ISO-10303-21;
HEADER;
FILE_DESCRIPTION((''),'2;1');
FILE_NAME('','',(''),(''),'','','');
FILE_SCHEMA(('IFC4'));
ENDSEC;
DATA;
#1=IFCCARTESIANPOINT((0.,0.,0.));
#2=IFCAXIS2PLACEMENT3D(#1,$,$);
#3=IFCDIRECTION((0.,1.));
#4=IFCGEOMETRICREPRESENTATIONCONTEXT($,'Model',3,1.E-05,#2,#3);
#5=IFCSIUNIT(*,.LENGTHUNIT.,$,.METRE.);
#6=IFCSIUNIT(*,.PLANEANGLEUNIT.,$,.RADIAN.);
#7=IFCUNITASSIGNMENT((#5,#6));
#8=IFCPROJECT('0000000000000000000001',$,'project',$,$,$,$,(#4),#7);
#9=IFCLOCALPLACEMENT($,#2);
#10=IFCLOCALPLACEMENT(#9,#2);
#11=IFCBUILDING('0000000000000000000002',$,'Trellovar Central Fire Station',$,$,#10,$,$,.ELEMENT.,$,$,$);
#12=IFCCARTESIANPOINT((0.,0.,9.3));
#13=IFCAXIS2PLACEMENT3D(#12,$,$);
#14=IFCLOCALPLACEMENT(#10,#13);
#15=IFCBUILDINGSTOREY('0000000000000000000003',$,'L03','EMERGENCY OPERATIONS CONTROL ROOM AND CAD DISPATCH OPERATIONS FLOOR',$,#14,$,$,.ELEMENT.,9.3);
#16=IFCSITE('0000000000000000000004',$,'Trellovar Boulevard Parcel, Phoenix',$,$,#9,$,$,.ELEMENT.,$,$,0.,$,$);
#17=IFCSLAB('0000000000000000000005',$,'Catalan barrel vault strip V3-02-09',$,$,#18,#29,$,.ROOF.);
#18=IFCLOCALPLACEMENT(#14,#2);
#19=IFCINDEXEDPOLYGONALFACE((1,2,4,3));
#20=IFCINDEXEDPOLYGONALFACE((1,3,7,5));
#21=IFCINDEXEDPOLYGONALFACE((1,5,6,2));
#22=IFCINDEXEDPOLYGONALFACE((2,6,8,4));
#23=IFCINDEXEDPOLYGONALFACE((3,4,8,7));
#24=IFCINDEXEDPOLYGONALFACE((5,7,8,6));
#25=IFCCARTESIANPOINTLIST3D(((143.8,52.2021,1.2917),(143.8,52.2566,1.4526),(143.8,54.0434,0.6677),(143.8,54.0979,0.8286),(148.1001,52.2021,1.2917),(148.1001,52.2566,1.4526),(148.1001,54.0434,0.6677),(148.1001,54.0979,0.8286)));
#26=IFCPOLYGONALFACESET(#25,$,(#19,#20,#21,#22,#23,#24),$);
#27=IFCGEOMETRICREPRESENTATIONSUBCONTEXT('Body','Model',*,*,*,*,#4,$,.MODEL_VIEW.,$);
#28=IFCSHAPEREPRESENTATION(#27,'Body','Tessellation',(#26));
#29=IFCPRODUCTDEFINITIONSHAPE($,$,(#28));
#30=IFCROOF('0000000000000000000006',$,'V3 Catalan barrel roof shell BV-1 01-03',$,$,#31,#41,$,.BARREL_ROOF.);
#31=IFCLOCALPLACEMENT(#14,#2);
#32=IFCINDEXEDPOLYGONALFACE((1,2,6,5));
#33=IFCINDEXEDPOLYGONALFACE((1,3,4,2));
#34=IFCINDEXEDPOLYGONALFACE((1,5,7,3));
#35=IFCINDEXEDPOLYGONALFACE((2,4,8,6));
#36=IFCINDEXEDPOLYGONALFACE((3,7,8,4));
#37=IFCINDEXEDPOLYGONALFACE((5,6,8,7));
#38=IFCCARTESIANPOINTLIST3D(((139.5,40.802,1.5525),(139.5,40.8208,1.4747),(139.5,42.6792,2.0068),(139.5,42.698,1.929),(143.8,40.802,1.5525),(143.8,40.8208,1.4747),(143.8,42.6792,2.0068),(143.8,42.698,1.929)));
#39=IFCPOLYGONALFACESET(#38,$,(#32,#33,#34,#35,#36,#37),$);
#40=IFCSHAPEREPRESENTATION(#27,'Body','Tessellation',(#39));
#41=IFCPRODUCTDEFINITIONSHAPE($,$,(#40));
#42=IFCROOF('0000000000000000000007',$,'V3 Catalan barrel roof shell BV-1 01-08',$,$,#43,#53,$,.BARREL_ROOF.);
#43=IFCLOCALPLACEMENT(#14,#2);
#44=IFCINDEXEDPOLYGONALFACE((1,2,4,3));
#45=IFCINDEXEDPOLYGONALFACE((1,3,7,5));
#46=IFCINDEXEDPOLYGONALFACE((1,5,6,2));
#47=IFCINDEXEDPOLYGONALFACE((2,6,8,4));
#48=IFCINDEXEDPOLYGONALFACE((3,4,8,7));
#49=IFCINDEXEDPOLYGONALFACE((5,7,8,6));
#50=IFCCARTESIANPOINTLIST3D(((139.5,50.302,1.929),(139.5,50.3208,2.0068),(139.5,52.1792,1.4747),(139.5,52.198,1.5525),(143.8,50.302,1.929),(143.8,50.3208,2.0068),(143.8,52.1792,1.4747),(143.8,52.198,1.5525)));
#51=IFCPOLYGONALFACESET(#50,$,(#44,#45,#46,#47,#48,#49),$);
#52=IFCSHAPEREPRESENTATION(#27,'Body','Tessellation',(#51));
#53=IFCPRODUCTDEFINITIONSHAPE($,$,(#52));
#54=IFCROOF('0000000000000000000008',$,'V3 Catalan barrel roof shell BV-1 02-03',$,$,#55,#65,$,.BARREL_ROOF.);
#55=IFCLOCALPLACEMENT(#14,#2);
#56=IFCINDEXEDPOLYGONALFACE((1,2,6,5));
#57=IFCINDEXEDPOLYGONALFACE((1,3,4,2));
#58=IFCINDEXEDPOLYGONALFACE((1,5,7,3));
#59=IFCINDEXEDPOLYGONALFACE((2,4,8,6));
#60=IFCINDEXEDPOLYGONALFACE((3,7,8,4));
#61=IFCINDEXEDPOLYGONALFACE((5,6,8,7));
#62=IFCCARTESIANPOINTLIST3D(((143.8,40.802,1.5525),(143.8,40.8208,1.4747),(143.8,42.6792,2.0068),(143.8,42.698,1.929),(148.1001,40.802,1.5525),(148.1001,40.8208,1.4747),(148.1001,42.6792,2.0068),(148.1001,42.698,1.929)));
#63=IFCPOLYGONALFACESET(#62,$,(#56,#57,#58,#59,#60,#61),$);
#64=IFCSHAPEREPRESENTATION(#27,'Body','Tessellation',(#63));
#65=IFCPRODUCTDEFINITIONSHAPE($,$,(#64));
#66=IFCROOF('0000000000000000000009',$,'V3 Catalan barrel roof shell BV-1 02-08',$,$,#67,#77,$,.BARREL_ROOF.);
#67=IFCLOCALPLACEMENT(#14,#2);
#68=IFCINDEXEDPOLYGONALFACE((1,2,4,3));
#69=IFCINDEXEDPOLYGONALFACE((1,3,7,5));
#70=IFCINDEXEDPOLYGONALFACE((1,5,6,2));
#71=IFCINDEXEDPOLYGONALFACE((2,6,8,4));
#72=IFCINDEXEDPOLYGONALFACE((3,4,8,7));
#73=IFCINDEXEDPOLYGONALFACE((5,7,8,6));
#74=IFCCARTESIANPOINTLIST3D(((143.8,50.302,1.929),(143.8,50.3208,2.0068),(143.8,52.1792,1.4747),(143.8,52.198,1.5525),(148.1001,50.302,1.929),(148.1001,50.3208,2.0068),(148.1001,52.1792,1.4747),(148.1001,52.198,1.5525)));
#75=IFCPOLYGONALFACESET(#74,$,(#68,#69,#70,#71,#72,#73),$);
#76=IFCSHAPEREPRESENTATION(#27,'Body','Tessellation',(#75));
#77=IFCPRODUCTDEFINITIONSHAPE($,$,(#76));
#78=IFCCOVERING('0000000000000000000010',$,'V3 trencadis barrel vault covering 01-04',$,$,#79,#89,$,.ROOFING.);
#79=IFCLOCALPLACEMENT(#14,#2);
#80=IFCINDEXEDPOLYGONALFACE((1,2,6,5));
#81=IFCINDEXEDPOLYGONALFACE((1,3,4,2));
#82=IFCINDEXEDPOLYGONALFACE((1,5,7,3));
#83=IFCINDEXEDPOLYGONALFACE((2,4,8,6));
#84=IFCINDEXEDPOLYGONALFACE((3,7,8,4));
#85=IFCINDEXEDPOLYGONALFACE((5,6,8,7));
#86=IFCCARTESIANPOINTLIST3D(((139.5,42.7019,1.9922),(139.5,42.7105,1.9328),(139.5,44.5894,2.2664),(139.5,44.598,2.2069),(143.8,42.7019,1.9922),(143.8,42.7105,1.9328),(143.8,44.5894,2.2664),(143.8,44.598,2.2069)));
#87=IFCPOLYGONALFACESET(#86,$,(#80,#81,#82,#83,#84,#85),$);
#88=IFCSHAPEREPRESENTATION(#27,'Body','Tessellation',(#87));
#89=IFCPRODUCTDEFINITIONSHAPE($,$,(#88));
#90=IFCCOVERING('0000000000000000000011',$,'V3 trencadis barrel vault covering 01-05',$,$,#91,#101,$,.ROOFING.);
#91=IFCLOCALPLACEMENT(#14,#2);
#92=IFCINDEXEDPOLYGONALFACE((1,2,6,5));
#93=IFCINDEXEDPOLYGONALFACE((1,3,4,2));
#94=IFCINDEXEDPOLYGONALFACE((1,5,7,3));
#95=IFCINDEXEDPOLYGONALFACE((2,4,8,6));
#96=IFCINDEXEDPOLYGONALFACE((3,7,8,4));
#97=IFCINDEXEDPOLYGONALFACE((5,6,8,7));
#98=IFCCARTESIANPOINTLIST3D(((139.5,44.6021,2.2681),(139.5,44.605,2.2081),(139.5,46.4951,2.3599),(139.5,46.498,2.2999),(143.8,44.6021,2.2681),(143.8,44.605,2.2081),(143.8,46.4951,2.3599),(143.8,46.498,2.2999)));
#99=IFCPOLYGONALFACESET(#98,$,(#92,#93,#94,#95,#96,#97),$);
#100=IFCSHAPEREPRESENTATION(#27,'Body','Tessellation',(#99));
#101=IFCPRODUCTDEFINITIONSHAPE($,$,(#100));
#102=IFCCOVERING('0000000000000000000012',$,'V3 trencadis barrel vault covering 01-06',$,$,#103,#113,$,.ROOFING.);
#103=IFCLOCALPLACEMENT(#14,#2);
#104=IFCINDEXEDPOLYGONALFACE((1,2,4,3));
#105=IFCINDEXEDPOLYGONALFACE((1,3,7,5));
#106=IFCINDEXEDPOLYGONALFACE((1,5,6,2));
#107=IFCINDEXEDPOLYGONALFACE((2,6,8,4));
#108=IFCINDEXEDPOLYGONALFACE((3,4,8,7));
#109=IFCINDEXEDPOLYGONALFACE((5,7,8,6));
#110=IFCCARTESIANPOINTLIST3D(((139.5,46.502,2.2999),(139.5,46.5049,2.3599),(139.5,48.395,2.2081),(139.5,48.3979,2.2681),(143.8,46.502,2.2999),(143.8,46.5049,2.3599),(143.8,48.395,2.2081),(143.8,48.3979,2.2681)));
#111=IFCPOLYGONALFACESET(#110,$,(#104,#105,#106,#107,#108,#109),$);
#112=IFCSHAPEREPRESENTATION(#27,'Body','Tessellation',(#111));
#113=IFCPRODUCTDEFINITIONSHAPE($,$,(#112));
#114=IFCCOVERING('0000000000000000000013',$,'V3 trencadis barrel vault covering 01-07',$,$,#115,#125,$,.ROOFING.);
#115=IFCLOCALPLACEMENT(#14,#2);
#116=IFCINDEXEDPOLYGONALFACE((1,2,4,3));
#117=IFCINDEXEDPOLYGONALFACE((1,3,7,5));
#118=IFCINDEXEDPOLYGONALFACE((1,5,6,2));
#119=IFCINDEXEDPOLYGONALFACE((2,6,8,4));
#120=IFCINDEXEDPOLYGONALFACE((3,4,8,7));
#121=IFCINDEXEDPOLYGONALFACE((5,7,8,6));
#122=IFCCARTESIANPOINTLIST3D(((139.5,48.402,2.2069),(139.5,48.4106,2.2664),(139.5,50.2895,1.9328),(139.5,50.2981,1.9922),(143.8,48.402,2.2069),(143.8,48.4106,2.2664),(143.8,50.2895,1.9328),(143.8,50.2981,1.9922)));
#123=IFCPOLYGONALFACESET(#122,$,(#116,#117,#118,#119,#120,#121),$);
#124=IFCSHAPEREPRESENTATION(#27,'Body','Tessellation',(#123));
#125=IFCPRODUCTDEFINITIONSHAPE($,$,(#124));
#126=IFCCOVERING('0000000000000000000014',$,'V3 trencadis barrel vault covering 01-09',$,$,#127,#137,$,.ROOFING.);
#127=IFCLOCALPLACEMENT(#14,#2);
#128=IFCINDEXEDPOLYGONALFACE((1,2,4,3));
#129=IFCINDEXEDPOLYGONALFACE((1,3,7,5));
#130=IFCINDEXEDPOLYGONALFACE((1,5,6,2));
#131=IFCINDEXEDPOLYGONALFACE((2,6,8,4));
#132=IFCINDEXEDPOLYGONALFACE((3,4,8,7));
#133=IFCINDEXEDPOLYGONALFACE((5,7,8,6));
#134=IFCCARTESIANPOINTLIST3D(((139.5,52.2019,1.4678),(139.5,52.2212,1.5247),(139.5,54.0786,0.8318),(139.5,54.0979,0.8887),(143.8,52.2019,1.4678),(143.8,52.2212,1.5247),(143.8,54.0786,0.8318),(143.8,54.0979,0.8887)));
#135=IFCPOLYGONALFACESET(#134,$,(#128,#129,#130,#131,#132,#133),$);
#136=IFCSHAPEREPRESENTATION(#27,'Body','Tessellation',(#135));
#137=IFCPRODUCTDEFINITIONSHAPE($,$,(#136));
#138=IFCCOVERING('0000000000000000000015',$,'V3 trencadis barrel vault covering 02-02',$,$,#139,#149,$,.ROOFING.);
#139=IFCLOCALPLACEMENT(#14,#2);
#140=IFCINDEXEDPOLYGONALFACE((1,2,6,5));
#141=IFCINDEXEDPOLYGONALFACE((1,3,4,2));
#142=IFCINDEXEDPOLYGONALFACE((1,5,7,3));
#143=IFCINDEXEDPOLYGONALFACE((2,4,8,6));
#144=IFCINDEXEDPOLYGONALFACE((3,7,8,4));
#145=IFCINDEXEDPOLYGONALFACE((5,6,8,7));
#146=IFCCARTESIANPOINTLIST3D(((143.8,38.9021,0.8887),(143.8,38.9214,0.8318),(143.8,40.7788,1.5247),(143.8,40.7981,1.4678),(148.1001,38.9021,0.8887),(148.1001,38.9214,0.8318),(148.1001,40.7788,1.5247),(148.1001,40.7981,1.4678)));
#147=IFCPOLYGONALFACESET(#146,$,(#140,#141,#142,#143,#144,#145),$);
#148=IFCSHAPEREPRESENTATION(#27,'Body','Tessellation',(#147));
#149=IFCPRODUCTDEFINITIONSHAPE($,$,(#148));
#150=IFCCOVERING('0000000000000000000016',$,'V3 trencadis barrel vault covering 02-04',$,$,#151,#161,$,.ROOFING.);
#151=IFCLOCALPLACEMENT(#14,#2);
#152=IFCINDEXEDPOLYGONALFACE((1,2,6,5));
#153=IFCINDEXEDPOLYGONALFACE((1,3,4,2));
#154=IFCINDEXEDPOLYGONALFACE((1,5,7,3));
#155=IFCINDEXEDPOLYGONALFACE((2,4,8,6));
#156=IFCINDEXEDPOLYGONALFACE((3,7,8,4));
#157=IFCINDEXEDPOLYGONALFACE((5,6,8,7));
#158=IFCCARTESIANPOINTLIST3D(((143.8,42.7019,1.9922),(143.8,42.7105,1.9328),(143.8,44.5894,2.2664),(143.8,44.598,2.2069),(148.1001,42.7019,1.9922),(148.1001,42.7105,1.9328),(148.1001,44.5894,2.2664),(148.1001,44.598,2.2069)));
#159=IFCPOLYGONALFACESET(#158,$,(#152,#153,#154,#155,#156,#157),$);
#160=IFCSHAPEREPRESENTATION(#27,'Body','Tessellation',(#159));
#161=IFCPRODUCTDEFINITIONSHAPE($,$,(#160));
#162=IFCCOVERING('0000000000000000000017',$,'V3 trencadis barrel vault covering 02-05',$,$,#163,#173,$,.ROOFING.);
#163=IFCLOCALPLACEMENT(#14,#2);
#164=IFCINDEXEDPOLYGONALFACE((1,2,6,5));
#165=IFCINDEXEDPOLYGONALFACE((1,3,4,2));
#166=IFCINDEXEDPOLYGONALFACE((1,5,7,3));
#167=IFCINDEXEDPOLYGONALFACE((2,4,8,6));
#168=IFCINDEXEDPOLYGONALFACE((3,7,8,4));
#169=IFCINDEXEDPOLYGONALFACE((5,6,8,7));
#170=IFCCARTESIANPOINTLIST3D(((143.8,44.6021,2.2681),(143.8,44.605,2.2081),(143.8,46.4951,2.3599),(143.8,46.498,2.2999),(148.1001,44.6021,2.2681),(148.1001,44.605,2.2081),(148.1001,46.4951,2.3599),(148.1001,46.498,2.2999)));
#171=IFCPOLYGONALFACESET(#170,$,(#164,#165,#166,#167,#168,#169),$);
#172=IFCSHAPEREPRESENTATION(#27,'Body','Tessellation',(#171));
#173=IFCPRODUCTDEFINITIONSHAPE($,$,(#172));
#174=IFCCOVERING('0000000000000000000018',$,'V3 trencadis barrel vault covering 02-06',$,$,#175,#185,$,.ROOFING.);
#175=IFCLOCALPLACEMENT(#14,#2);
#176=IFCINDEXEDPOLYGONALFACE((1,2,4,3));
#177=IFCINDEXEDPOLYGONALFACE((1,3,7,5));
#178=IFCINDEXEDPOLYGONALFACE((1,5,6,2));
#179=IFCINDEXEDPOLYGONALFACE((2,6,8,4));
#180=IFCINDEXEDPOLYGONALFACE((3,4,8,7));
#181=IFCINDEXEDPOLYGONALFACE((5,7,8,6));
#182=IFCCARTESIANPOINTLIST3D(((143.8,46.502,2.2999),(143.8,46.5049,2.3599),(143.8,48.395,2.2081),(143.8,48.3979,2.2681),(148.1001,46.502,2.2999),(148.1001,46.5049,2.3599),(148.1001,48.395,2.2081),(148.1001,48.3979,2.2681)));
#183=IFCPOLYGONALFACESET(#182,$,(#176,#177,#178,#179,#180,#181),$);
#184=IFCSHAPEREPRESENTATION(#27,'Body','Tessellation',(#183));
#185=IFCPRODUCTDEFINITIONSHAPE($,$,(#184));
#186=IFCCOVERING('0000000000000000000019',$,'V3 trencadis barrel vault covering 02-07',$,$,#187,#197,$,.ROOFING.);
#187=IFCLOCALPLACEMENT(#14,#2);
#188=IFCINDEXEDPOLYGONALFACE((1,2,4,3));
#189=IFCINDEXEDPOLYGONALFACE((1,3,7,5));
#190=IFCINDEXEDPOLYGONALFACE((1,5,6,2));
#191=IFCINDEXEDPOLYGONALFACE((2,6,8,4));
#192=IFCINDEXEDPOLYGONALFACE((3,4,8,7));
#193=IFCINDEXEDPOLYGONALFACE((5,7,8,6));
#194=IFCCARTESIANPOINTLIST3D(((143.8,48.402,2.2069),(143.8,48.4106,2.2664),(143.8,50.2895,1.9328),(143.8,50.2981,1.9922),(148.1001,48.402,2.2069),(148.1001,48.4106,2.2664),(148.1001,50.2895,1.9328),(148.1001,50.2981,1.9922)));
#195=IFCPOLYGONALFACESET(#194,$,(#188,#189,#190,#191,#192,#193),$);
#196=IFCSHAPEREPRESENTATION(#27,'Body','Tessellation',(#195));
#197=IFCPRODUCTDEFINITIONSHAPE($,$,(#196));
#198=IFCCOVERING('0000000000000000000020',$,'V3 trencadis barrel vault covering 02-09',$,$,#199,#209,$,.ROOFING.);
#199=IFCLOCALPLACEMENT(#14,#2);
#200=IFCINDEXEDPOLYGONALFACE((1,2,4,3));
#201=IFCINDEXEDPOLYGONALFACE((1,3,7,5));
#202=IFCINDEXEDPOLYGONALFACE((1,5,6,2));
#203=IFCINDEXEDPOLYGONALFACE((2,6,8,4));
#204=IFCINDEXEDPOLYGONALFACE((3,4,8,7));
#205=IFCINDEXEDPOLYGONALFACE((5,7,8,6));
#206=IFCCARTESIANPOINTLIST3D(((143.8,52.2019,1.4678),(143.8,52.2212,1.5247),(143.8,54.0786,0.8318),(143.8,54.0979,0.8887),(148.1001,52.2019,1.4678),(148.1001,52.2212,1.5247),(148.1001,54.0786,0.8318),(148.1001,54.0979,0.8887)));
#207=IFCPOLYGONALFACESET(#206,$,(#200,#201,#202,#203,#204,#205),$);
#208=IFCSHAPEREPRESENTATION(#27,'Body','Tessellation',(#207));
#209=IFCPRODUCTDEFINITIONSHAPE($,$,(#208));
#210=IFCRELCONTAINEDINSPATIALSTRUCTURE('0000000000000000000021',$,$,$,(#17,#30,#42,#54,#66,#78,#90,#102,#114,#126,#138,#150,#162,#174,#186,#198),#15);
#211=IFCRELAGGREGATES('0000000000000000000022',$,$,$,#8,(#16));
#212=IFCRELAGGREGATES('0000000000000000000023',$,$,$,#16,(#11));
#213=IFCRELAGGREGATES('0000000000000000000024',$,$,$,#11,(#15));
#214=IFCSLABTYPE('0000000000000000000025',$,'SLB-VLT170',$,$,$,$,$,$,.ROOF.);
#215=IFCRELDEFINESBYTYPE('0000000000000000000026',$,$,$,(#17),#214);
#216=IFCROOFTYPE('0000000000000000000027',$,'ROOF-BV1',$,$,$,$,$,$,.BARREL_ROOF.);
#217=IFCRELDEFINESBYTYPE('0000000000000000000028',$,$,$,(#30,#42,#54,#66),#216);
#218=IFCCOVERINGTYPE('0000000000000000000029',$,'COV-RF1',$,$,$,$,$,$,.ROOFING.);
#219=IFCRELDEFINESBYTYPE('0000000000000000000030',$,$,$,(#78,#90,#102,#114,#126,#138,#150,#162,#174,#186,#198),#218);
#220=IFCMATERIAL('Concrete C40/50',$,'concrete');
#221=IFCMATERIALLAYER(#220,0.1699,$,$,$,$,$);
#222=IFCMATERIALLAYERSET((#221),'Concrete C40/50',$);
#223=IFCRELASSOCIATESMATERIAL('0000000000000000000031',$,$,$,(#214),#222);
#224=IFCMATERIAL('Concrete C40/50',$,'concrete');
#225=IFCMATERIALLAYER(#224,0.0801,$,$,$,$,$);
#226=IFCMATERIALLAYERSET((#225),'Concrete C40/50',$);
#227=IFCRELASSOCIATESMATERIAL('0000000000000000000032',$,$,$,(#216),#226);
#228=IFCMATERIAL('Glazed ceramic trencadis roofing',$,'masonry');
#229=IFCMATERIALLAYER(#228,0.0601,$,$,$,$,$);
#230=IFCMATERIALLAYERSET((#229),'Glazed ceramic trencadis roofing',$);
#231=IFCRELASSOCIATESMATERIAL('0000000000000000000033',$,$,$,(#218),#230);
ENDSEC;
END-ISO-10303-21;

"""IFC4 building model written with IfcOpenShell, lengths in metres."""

from ifc_helpers import new_model, si_unit, direction, frame, origin, place, context, subcontext, project, spatial, polyline, outline, extrude, material, layer, layer_set, type_object, element, save


model = new_model("IFC4")

# Units and contexts
model_context = context("Model", 3, precision=1e-05, world=origin(), true_north=direction((0.0, 1.0)))
body_context = subcontext(model_context, "Body", "Model", "MODEL_VIEW")
ifc_project = project(units=[si_unit("LENGTHUNIT", "METRE"), si_unit("PLANEANGLEUNIT", "RADIAN")], contexts=[model_context])

# Site, building, storey
site_placement = place(None, origin())
site = spatial("IfcSite", under=ifc_project, at=site_placement, Name="Trellovar Boulevard Parcel, Phoenix", CompositionType="ELEMENT", RefElevation=0.0)
building_placement = place(site_placement, origin())
building = spatial("IfcBuilding", under=site, at=building_placement, Name="Trellovar Central Fire Station", CompositionType="ELEMENT")
storey_placement = place(building_placement, frame((0.0, 0.0, 9.3)))
storey = spatial("IfcBuildingStorey", under=building, at=storey_placement, Name="L03", Description="EMERGENCY OPERATIONS CONTROL ROOM AND CAD DISPATCH OPERATIONS FLOOR", CompositionType="ELEMENT", Elevation=9.3)

# Slab
ifc_material_1 = material(Name="Concrete C40/50", Category="concrete")
ifc_layer_1 = layer(ifc_material_1, 0.1699)
ifc_layer_set_1 = layer_set([ifc_layer_1], Name="Concrete C40/50")
slab_type = type_object("IfcSlabType", Name="SLB-VLT170", PredefinedType="ROOF", material=ifc_layer_set_1)
slab_1_placement = place(storey_placement, frame((143.8, 52.2566, 1.4526), z_axis=(0.0, 0.320971, 0.947089), x_axis=(1.0, 0.0, 0.0)))
element("IfcSlab", 1, at=slab_1_placement, inside=storey, type_object=slab_type, Name="Catalan barrel vault strip V3-02-09", PredefinedType="ROOF", context=body_context, shape_type="SweptSolid", body=[
    extrude(outline(polyline([(0.0, 0.0), (4.3, 0.0), (4.3, 1.9442), (0.0, 1.9442), (0.0, 0.0)])), origin(), (0.0, 0.0, -1.0), 0.1699),
])

# Roofs
ifc_material_2 = material(Name="Concrete C40/50", Category="concrete")
ifc_layer_2 = layer(ifc_material_2, 0.0801)
ifc_layer_set_2 = layer_set([ifc_layer_2], Name="Concrete C40/50")
roof_type = type_object("IfcRoofType", Name="ROOF-BV1", PredefinedType="BARREL_ROOF", material=ifc_layer_set_2)
for number, where, z_axis, x_axis, name in (
    (2, (139.5, 40.802, 1.5525), (0.0, -0.235242, 0.971937), (1.0, 0.0, 0.0), "V3 Catalan barrel roof shell BV-1 01-03"),
    (3, (139.5, 50.3208, 2.0068), (0.0, 0.235242, 0.971937), (1.0, 0.0, 0.0), "V3 Catalan barrel roof shell BV-1 01-08"),
    (4, (143.8, 40.802, 1.5525), (0.0, -0.235242, 0.971937), (1.0, 0.0, 0.0), "V3 Catalan barrel roof shell BV-1 02-03"),
    (5, (143.8, 50.3208, 2.0068), (0.0, 0.235242, 0.971937), (1.0, 0.0, 0.0), "V3 Catalan barrel roof shell BV-1 02-08"),
):
    element("IfcRoof", number, at=place(storey_placement, frame(where, z_axis=z_axis, x_axis=x_axis)), inside=storey, type_object=roof_type, Name=name, PredefinedType="BARREL_ROOF", context=body_context, shape_type="SweptSolid", body=[
        extrude(outline(polyline([(0.0, 0.0), (4.3, 0.0), (4.3, 1.9314), (0.0, 1.9314), (0.0, 0.0)])), origin(), (0.0, 0.0, -1.0), 0.0801),
    ])

# Coverings
ifc_material_3 = material(Name="Glazed ceramic trencadis roofing", Category="masonry")
ifc_layer_3 = layer(ifc_material_3, 0.0601)
ifc_layer_set_3 = layer_set([ifc_layer_3], Name="Glazed ceramic trencadis roofing")
covering_type = type_object("IfcCoveringType", Name="COV-RF1", PredefinedType="ROOFING", material=ifc_layer_set_3)
covering_1_placement = place(storey_placement, frame((139.5, 42.7019, 1.9922), z_axis=(0.0, -0.143751, 0.989614), x_axis=(1.0, 0.0, 0.0)))
element("IfcCovering", 6, at=covering_1_placement, inside=storey, type_object=covering_type, Name="V3 trencadis barrel vault covering 01-04", PredefinedType="ROOFING", context=body_context, shape_type="SweptSolid", body=[
    extrude(outline(polyline([(0.0, 0.0), (4.3, 0.0), (4.3, 1.9073), (0.0, 1.9073), (0.0, 0.0)])), origin(), (0.0, 0.0, -1.0), 0.0601),
])
for number, where, z_axis, x_axis, name in (
    (7, (139.5, 44.6021, 2.2681), (0.0, -0.048434, 0.998826), (1.0, 0.0, 0.0), "V3 trencadis barrel vault covering 01-05"),
    (8, (139.5, 46.5049, 2.3599), (0.0, 0.048434, 0.998826), (1.0, 0.0, 0.0), "V3 trencadis barrel vault covering 01-06"),
):
    element("IfcCovering", number, at=place(storey_placement, frame(where, z_axis=z_axis, x_axis=x_axis)), inside=storey, type_object=covering_type, Name=name, PredefinedType="ROOFING", context=body_context, shape_type="SweptSolid", body=[
        extrude(outline(polyline([(0.0, 0.0), (4.3, 0.0), (4.3, 1.8953), (0.0, 1.8953), (0.0, 0.0)])), origin(), (0.0, 0.0, -1.0), 0.0601),
    ])
covering_2_placement = place(storey_placement, frame((139.5, 48.4106, 2.2664), z_axis=(0.0, 0.143751, 0.989614), x_axis=(1.0, 0.0, 0.0)))
element("IfcCovering", 9, at=covering_2_placement, inside=storey, type_object=covering_type, Name="V3 trencadis barrel vault covering 01-07", PredefinedType="ROOFING", context=body_context, shape_type="SweptSolid", body=[
    extrude(outline(polyline([(0.0, 0.0), (4.3, 0.0), (4.3, 1.9073), (0.0, 1.9073), (0.0, 0.0)])), origin(), (0.0, 0.0, -1.0), 0.0601),
])
for number, where, z_axis, x_axis, name in (
    (10, (139.5, 52.2212, 1.5247), (0.0, 0.320955, 0.947094), (1.0, 0.0, 0.0), "V3 trencadis barrel vault covering 01-09"),
    (11, (143.8, 38.9021, 0.8887), (0.0, -0.320955, 0.947094), (1.0, 0.0, 0.0), "V3 trencadis barrel vault covering 02-02"),
):
    element("IfcCovering", number, at=place(storey_placement, frame(where, z_axis=z_axis, x_axis=x_axis)), inside=storey, type_object=covering_type, Name=name, PredefinedType="ROOFING", context=body_context, shape_type="SweptSolid", body=[
        extrude(outline(polyline([(0.0, 0.0), (4.3, 0.0), (4.3, 1.9815), (0.0, 1.9815), (0.0, 0.0)])), origin(), (0.0, 0.0, -1.0), 0.0601),
    ])
covering_3_placement = place(storey_placement, frame((143.8, 42.7019, 1.9922), z_axis=(0.0, -0.143751, 0.989614), x_axis=(1.0, 0.0, 0.0)))
element("IfcCovering", 12, at=covering_3_placement, inside=storey, type_object=covering_type, Name="V3 trencadis barrel vault covering 02-04", PredefinedType="ROOFING", context=body_context, shape_type="SweptSolid", body=[
    extrude(outline(polyline([(0.0, 0.0), (4.3, 0.0), (4.3, 1.9073), (0.0, 1.9073), (0.0, 0.0)])), origin(), (0.0, 0.0, -1.0), 0.0601),
])
for number, where, z_axis, x_axis, name in (
    (13, (143.8, 44.6021, 2.2681), (0.0, -0.048434, 0.998826), (1.0, 0.0, 0.0), "V3 trencadis barrel vault covering 02-05"),
    (14, (143.8, 46.5049, 2.3599), (0.0, 0.048434, 0.998826), (1.0, 0.0, 0.0), "V3 trencadis barrel vault covering 02-06"),
):
    element("IfcCovering", number, at=place(storey_placement, frame(where, z_axis=z_axis, x_axis=x_axis)), inside=storey, type_object=covering_type, Name=name, PredefinedType="ROOFING", context=body_context, shape_type="SweptSolid", body=[
        extrude(outline(polyline([(0.0, 0.0), (4.3, 0.0), (4.3, 1.8953), (0.0, 1.8953), (0.0, 0.0)])), origin(), (0.0, 0.0, -1.0), 0.0601),
    ])
covering_4_placement = place(storey_placement, frame((143.8, 48.4106, 2.2664), z_axis=(0.0, 0.143751, 0.989614), x_axis=(1.0, 0.0, 0.0)))
element("IfcCovering", 15, at=covering_4_placement, inside=storey, type_object=covering_type, Name="V3 trencadis barrel vault covering 02-07", PredefinedType="ROOFING", context=body_context, shape_type="SweptSolid", body=[
    extrude(outline(polyline([(0.0, 0.0), (4.3, 0.0), (4.3, 1.9073), (0.0, 1.9073), (0.0, 0.0)])), origin(), (0.0, 0.0, -1.0), 0.0601),
])
covering_5_placement = place(storey_placement, frame((143.8, 52.2212, 1.5247), z_axis=(0.0, 0.320955, 0.947094), x_axis=(1.0, 0.0, 0.0)))
element("IfcCovering", 16, at=covering_5_placement, inside=storey, type_object=covering_type, Name="V3 trencadis barrel vault covering 02-09", PredefinedType="ROOFING", context=body_context, shape_type="SweptSolid", body=[
    extrude(outline(polyline([(0.0, 0.0), (4.3, 0.0), (4.3, 1.9815), (0.0, 1.9815), (0.0, 0.0)])), origin(), (0.0, 0.0, -1.0), 0.0601),
])

save(model, "model.ifc")
